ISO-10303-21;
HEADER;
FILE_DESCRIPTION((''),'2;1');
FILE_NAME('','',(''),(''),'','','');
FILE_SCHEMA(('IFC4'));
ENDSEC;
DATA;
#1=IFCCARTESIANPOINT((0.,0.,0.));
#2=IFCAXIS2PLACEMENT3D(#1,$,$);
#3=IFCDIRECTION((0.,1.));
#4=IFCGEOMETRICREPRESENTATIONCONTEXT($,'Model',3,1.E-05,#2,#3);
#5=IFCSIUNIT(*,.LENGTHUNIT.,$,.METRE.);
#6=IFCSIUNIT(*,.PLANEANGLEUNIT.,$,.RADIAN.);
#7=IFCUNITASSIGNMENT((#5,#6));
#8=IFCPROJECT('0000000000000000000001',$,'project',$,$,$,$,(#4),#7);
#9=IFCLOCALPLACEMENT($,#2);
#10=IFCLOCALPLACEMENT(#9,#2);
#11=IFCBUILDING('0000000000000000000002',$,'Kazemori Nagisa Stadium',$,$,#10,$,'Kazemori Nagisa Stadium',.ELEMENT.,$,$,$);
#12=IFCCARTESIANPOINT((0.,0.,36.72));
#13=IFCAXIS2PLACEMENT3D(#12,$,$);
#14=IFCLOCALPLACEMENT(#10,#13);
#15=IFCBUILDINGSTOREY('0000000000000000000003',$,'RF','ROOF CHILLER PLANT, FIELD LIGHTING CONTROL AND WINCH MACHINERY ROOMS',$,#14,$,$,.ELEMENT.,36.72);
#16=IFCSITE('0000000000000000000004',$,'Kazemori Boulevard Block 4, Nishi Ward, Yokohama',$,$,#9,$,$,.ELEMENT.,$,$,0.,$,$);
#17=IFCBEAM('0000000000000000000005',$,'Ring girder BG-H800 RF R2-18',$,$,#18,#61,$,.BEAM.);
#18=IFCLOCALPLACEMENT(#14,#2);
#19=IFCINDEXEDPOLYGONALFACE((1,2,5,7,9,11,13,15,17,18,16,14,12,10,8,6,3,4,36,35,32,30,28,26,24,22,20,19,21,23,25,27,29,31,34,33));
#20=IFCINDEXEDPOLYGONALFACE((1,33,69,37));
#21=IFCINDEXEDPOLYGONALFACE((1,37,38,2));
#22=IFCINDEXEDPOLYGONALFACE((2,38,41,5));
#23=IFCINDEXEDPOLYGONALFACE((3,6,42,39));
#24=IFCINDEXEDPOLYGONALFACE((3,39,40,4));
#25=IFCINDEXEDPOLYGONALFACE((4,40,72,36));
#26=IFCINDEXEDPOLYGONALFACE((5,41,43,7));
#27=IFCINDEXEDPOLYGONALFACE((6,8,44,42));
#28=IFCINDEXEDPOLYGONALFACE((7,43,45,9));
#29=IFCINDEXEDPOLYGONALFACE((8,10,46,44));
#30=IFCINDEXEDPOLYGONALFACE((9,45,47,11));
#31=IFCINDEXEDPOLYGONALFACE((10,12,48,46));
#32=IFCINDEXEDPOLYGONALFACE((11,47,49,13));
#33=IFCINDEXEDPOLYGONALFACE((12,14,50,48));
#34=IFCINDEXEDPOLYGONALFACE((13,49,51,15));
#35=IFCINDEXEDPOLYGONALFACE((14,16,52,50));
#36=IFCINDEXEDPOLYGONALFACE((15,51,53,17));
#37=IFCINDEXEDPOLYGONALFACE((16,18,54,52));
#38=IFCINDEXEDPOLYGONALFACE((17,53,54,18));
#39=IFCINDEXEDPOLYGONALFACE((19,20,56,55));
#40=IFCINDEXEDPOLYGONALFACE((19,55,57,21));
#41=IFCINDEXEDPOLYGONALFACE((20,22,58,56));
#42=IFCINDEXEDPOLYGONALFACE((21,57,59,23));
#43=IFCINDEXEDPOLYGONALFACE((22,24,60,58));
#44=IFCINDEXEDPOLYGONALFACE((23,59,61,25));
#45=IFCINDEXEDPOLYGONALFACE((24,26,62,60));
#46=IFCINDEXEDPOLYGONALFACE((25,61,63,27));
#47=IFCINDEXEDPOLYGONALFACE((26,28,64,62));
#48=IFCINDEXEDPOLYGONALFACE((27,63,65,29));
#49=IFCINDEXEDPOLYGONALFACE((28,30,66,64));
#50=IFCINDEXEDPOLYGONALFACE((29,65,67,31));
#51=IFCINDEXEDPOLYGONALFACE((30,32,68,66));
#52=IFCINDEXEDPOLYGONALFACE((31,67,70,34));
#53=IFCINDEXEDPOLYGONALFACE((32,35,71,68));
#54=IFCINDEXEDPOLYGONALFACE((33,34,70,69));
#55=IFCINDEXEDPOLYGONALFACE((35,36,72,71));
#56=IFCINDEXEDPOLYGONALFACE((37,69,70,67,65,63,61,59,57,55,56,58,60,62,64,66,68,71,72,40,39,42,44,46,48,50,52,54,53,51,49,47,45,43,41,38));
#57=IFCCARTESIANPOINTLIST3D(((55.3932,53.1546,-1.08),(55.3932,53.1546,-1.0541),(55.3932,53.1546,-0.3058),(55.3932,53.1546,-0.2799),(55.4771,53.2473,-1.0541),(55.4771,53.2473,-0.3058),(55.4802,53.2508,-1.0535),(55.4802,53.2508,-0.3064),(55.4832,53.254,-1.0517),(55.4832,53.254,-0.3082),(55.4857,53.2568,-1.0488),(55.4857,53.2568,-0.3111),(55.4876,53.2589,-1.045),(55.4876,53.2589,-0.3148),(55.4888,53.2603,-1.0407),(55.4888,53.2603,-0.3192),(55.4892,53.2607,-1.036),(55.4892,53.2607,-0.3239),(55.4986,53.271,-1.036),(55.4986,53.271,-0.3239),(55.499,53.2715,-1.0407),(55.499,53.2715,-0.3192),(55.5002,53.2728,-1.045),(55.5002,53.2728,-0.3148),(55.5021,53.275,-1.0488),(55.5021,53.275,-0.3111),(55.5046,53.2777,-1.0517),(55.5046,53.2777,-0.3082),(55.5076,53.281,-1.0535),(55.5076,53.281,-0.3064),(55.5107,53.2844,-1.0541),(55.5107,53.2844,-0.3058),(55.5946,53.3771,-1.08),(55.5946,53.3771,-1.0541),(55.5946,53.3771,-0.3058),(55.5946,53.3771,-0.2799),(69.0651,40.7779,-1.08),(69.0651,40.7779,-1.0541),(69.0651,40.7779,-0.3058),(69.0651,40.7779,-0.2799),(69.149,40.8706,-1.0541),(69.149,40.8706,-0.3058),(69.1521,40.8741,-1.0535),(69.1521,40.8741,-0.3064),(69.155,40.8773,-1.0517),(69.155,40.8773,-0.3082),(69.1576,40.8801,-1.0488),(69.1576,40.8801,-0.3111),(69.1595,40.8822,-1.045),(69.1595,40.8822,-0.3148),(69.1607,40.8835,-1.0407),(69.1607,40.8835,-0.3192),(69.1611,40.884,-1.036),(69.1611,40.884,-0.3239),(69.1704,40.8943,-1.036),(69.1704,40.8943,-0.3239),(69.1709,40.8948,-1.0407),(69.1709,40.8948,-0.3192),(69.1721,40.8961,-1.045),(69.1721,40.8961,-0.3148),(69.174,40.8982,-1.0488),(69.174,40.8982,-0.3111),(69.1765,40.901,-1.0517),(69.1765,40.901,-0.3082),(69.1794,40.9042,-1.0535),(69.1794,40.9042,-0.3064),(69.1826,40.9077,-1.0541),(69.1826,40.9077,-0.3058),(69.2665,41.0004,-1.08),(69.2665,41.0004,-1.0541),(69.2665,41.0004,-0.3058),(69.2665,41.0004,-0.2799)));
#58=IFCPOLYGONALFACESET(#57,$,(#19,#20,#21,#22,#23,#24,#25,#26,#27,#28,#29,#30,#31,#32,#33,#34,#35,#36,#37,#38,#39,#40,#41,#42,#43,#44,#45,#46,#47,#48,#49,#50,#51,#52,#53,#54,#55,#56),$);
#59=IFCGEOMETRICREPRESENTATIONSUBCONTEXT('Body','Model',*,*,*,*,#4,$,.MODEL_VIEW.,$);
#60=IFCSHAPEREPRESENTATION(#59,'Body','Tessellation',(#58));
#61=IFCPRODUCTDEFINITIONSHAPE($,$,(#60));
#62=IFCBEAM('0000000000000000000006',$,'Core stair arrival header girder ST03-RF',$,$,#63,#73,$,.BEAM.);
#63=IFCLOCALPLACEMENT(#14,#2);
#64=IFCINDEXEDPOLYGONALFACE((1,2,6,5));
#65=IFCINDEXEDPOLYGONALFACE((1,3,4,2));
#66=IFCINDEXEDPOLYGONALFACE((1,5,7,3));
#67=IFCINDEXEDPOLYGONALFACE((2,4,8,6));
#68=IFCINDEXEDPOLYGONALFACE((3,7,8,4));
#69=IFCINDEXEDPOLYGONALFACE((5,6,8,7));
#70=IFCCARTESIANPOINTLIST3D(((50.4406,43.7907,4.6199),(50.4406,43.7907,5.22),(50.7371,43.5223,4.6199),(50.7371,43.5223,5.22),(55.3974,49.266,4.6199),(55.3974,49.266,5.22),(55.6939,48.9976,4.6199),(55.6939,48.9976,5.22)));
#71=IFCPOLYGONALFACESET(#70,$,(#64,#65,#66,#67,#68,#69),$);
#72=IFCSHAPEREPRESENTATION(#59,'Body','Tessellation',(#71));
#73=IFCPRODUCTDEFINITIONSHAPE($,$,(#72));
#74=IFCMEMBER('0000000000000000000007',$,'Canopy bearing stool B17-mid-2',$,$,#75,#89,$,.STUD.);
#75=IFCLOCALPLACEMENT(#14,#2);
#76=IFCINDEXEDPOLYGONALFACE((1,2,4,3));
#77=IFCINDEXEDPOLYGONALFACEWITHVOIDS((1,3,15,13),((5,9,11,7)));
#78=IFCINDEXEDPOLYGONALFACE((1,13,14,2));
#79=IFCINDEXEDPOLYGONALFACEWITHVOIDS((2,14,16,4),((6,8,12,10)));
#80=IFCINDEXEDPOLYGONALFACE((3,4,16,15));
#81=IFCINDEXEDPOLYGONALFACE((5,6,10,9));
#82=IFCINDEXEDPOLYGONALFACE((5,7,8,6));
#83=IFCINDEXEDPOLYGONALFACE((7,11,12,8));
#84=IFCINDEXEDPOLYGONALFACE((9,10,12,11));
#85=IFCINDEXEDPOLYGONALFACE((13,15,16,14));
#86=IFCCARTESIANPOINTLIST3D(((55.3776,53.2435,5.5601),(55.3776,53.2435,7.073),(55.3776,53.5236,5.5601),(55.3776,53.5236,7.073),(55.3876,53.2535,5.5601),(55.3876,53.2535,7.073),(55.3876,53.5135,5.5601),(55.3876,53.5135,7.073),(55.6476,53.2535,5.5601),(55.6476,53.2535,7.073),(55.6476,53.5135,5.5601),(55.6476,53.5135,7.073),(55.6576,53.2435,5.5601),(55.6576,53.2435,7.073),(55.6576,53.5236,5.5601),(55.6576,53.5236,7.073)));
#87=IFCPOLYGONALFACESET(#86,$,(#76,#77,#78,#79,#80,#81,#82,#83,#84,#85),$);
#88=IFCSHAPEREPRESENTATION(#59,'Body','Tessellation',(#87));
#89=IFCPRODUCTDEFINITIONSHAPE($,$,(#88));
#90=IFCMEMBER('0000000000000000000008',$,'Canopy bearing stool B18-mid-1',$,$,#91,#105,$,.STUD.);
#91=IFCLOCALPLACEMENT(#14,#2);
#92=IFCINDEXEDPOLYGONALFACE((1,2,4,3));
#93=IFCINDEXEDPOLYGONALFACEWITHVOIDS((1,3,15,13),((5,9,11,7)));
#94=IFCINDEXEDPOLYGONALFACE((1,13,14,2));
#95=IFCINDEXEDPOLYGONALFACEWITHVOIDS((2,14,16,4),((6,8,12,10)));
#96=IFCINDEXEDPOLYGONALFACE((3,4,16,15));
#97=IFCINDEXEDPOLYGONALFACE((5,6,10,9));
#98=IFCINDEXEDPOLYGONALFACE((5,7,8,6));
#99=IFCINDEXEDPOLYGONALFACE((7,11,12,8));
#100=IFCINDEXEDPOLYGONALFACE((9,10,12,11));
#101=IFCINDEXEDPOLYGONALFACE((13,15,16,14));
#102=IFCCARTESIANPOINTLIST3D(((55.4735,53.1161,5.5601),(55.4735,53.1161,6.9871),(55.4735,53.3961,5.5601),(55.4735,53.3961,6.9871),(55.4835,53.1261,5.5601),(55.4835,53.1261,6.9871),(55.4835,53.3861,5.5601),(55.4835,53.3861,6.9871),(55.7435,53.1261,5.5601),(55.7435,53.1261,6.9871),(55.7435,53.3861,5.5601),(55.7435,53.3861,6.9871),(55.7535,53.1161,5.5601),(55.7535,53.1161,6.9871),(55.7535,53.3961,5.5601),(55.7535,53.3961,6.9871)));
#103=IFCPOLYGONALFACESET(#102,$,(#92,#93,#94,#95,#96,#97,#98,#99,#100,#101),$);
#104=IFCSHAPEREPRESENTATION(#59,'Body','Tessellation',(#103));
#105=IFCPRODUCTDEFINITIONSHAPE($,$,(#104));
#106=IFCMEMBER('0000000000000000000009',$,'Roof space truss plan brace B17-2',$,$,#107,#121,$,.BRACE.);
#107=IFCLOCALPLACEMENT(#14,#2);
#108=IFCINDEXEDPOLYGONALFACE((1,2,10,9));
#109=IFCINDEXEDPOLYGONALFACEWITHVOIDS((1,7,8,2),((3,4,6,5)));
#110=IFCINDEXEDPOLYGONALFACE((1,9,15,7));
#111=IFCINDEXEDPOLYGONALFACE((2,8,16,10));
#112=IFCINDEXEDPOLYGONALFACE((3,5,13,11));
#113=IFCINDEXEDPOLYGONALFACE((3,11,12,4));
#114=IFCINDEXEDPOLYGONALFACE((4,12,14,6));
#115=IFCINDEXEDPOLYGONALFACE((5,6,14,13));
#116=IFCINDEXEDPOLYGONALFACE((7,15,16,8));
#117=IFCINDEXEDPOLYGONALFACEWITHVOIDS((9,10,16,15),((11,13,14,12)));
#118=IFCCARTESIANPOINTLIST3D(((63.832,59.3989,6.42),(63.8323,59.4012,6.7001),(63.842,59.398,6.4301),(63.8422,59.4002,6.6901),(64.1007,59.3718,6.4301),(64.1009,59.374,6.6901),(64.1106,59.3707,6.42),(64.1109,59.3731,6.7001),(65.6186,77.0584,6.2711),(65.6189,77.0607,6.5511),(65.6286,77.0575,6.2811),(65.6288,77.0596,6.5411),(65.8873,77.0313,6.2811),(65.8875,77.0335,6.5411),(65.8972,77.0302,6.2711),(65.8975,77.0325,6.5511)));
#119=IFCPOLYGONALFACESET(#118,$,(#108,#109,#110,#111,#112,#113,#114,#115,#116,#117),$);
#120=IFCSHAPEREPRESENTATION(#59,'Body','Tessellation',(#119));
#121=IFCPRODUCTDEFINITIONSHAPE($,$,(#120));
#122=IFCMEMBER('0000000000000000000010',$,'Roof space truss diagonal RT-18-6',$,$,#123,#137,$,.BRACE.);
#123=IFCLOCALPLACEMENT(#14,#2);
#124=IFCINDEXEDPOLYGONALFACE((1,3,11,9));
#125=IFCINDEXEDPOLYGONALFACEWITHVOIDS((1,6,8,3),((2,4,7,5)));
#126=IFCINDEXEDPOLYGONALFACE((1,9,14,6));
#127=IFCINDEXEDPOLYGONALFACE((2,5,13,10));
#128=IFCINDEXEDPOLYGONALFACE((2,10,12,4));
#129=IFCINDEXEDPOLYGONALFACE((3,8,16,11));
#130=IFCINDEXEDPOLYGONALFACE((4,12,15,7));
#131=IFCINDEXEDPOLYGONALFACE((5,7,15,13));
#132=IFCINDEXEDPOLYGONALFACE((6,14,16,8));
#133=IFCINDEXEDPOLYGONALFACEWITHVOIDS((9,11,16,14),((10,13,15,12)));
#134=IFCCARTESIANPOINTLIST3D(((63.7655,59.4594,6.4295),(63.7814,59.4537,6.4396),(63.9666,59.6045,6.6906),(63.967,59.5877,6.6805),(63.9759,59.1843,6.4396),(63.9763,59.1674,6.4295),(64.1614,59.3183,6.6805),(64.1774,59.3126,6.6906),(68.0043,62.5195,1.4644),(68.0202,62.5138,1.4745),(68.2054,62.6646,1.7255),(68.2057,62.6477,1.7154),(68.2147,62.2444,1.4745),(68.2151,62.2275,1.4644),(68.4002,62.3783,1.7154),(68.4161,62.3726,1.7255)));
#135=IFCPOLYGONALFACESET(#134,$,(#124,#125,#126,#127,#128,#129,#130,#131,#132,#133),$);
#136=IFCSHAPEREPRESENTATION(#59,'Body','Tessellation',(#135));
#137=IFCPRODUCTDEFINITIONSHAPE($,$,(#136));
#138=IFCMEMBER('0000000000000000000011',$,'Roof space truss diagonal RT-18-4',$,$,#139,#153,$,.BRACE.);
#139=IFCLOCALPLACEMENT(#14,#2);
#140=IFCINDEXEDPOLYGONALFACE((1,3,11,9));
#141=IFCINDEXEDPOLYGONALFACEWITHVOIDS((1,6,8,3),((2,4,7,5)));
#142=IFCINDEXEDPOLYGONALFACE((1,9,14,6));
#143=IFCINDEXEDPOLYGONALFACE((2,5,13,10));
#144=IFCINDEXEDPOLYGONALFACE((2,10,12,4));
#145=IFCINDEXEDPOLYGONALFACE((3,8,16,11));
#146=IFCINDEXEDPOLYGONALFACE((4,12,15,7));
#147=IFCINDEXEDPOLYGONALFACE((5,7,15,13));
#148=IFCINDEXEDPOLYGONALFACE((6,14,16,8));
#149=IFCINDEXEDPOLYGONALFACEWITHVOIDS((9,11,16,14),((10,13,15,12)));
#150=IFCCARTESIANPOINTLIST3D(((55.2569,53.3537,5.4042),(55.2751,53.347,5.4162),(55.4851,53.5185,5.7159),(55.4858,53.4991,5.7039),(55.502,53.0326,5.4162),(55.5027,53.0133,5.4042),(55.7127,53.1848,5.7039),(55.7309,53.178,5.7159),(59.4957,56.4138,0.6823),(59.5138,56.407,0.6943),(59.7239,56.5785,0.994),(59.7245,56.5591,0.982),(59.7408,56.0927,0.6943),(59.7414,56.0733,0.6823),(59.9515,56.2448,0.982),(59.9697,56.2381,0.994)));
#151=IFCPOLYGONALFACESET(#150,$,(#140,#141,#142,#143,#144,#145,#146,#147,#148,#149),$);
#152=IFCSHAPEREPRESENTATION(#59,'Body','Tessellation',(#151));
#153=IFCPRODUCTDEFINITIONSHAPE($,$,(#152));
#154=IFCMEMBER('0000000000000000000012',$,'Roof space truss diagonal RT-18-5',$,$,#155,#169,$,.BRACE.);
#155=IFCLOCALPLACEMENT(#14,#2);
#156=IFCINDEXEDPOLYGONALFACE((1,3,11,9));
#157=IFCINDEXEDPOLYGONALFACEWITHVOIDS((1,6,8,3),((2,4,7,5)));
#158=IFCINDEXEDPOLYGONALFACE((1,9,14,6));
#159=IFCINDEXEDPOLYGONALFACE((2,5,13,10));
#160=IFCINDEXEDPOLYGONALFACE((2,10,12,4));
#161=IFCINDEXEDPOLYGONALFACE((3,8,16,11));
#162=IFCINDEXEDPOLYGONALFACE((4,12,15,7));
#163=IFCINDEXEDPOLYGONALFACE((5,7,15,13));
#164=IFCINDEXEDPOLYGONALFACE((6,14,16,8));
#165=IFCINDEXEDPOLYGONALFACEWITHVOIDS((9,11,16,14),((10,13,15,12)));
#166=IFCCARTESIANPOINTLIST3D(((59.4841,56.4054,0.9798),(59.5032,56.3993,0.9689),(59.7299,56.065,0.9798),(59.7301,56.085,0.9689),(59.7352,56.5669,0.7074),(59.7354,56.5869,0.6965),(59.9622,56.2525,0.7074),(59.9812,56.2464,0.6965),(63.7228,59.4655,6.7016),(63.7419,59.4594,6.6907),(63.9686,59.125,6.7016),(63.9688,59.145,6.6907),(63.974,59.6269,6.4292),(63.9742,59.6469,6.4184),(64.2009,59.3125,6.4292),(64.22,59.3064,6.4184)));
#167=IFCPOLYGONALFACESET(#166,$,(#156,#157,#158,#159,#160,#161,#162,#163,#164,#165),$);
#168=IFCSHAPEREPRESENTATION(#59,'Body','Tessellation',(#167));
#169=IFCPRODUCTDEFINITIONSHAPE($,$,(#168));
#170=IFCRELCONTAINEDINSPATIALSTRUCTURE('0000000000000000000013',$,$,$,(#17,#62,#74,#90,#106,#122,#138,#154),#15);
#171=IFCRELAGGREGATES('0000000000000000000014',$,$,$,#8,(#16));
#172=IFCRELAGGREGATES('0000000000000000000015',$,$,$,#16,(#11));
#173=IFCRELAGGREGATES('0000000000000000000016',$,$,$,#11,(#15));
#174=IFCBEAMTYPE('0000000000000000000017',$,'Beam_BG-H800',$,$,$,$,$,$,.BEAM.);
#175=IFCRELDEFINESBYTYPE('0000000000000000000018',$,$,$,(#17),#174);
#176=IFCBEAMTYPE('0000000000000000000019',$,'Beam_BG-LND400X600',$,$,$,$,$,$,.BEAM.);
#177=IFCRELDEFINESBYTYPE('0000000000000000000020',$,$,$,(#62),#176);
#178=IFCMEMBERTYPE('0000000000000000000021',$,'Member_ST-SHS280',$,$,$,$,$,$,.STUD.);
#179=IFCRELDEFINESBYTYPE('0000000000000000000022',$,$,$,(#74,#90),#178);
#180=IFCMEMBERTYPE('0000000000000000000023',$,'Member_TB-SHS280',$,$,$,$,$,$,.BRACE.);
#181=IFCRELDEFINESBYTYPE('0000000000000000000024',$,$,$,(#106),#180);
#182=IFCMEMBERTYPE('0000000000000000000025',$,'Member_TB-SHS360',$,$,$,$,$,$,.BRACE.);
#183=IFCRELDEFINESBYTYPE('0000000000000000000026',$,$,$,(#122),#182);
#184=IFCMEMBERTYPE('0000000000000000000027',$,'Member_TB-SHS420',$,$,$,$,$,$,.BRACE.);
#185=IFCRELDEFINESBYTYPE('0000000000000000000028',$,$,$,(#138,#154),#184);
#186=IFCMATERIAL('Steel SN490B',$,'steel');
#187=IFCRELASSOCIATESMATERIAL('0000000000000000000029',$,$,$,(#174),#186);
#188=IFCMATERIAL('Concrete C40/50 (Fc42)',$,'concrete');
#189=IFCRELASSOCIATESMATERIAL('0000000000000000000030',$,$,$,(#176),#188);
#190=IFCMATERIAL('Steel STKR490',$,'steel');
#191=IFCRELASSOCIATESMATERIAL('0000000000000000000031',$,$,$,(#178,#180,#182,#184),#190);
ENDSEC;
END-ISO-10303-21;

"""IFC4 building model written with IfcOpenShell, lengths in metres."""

from ifc_helpers import new_model, si_unit, direction, frame, origin, origin_2d, place, context, subcontext, project, spatial, rectangle, hollow_rectangle, i_section, extrude, material, material_profile, profile_set, type_object, element, save


model = new_model("IFC4")

# Units and contexts
model_context = context("Model", 3, precision=1e-05, world=origin(), true_north=direction((0.0, 1.0)))
body_context = subcontext(model_context, "Body", "Model", "MODEL_VIEW")
ifc_project = project(units=[si_unit("LENGTHUNIT", "METRE"), si_unit("PLANEANGLEUNIT", "RADIAN")], contexts=[model_context])

# Site, building, storey
site_placement = place(None, origin())
site = spatial("IfcSite", under=ifc_project, at=site_placement, Name="Kazemori Boulevard Block 4, Nishi Ward, Yokohama", CompositionType="ELEMENT", RefElevation=0.0)
building_placement = place(site_placement, origin())
building = spatial("IfcBuilding", under=site, at=building_placement, Name="Kazemori Nagisa Stadium", LongName="Kazemori Nagisa Stadium", CompositionType="ELEMENT")
storey_placement = place(building_placement, frame((0.0, 0.0, 36.72)))
storey = spatial("IfcBuildingStorey", under=building, at=storey_placement, Name="RF", Description="ROOF CHILLER PLANT, FIELD LIGHTING CONTROL AND WINCH MACHINERY ROOMS", CompositionType="ELEMENT", Elevation=36.72)

# Shared definitions
ifc_material_1 = material(Name="Steel SN490B", Category="steel")

# Beams
ifc_material_profile_1 = material_profile(ifc_material_1, i_section(OverallWidth=0.3, OverallDepth=0.8, WebThickness=0.0139, FlangeThickness=0.0259, FilletRadius=0.0181, at=origin_2d()), Name="H-800x300x14x26")
ifc_profile_set_1 = profile_set([ifc_material_profile_1], Name="Steel SN490B")
beam_type_1 = type_object("IfcBeamType", Name="Beam_BG-H800", PredefinedType="BEAM", material=ifc_profile_set_1)
beam_1_placement = place(storey_placement, frame((55.4939, 53.2659, -0.6799), z_axis=(0.741349, -0.67112, 0.0), x_axis=(0.67112, 0.741349, 0.0)))
element("IfcBeam", 1, at=beam_1_placement, inside=storey, type_object=beam_type_1, Name="Ring girder BG-H800 RF R2-18", PredefinedType="BEAM", context=body_context, shape_type="SweptSolid", body=[
    extrude(i_section(OverallWidth=0.3, OverallDepth=0.8, WebThickness=0.0139, FlangeThickness=0.0259, FilletRadius=0.0181, at=origin_2d()), origin(), (0.0, 0.0, 1.0), 18.4419),
])
ifc_material_2 = material(Name="Concrete C40/50 (Fc42)", Category="concrete")
ifc_material_profile_2 = material_profile(ifc_material_2, rectangle(XDim=0.3999, YDim=0.6001, at=origin_2d()), Name="RC-BM-400x600")
ifc_profile_set_2 = profile_set([ifc_material_profile_2], Name="Concrete C40/50 (Fc42)")
beam_type_2 = type_object("IfcBeamType", Name="Beam_BG-LND400X600", PredefinedType="BEAM", material=ifc_profile_set_2)
beam_2_placement = place(storey_placement, frame((55.5457, 49.1318, 4.9199), z_axis=(-0.67113, -0.74134, 0.0), x_axis=(0.74134, -0.67113, 0.0)))
element("IfcBeam", 2, at=beam_2_placement, inside=storey, type_object=beam_type_2, Name="Core stair arrival header girder ST03-RF", PredefinedType="BEAM", context=body_context, shape_type="SweptSolid", body=[
    extrude(rectangle(XDim=0.3999, YDim=0.6001, at=origin_2d()), origin(), (0.0, 0.0, 1.0), 7.3857),
])

# Members
ifc_material_3 = material(Name="Steel STKR490", Category="steel")
ifc_material_profile_3 = material_profile(ifc_material_3, hollow_rectangle(XDim=0.28, YDim=0.28, WallThickness=0.01, at=origin_2d()), Name="SHS-280x280x10")
ifc_profile_set_3 = profile_set([ifc_material_profile_3], Name="Steel STKR490")
member_type_1 = type_object("IfcMemberType", Name="Member_ST-SHS280", PredefinedType="STUD", material=ifc_profile_set_3)
member_1_placement = place(storey_placement, frame((55.5176, 53.3835, 5.5601), z_axis=(0.0, 0.0, 1.0), x_axis=(1.0, 0.0, 0.0)))
element("IfcMember", 3, at=member_1_placement, inside=storey, type_object=member_type_1, Name="Canopy bearing stool B17-mid-2", PredefinedType="STUD", context=body_context, shape_type="SweptSolid", body=[
    extrude(hollow_rectangle(XDim=0.28, YDim=0.28, WallThickness=0.01, at=origin_2d()), origin(), (0.0, 0.0, 1.0), 1.5129),
])
member_2_placement = place(storey_placement, frame((55.6135, 53.2561, 5.5601), z_axis=(0.0, 0.0, 1.0), x_axis=(1.0, 0.0, 0.0)))
element("IfcMember", 4, at=member_2_placement, inside=storey, type_object=member_type_1, Name="Canopy bearing stool B18-mid-1", PredefinedType="STUD", context=body_context, shape_type="SweptSolid", body=[
    extrude(hollow_rectangle(XDim=0.28, YDim=0.28, WallThickness=0.01, at=origin_2d()), origin(), (0.0, 0.0, 1.0), 1.427),
])
ifc_material_profile_4 = material_profile(ifc_material_3, hollow_rectangle(XDim=0.28, YDim=0.28, WallThickness=0.01, at=origin_2d()), Name="SHS-280x280x10")
ifc_profile_set_4 = profile_set([ifc_material_profile_4], Name="Steel STKR490")
member_type_2 = type_object("IfcMemberType", Name="Member_TB-SHS280", PredefinedType="BRACE", material=ifc_profile_set_4)
member_3_placement = place(storey_placement, frame((63.9714, 59.386, 6.5601), z_axis=(0.100654, 0.994886, -0.00839), x_axis=(-0.994921, 0.100657, 0.0)))
element("IfcMember", 5, at=member_3_placement, inside=storey, type_object=member_type_2, Name="Roof space truss plan brace B17-2", PredefinedType="BRACE", context=body_context, shape_type="SweptSolid", body=[
    extrude(hollow_rectangle(XDim=0.28, YDim=0.28, WallThickness=0.01, at=origin_2d()), origin(), (0.0, 0.0, 1.0), 17.7502),
])
ifc_material_profile_5 = material_profile(ifc_material_3, hollow_rectangle(XDim=0.3601, YDim=0.3601, WallThickness=0.0139, at=origin_2d()), Name="SHS-360x360x14")
ifc_profile_set_5 = profile_set([ifc_material_profile_5], Name="Steel STKR490")
member_type_3 = type_object("IfcMemberType", Name="Member_TB-SHS360", PredefinedType="BRACE", material=ifc_profile_set_5)
member_4_placement = place(storey_placement, frame((63.9714, 59.386, 6.5601), z_axis=(0.587906, 0.424422, -0.688645), x_axis=(-0.58533, 0.810795, 0.0)))
element("IfcMember", 6, at=member_4_placement, inside=storey, type_object=member_type_3, Name="Roof space truss diagonal RT-18-6", PredefinedType="BRACE", context=body_context, shape_type="SweptSolid", body=[
    extrude(hollow_rectangle(XDim=0.3601, YDim=0.3601, WallThickness=0.0139, at=origin_2d()), origin(), (0.0, 0.0, 1.0), 7.21),
])
ifc_material_profile_6 = material_profile(ifc_material_3, hollow_rectangle(XDim=0.4199, YDim=0.4199, WallThickness=0.0161, at=origin_2d()), Name="SHS-420x420x16")
ifc_profile_set_6 = profile_set([ifc_material_profile_6], Name="Steel STKR490")
member_type_4 = type_object("IfcMemberType", Name="Member_TB-SHS420", PredefinedType="BRACE", material=ifc_profile_set_6)
member_5_placement = place(storey_placement, frame((55.4939, 53.2659, 5.5601), z_axis=(0.601697, 0.434378, -0.670281), x_axis=(-0.58533, 0.810795, 0.0)))
element("IfcMember", 7, at=member_5_placement, inside=storey, type_object=member_type_4, Name="Roof space truss diagonal RT-18-4", PredefinedType="BRACE", context=body_context, shape_type="SweptSolid", body=[
    extrude(hollow_rectangle(XDim=0.4199, YDim=0.4199, WallThickness=0.0161, at=origin_2d()), origin(), (0.0, 0.0, 1.0), 7.0447),
])
member_6_placement = place(storey_placement, frame((59.7327, 56.3259, 0.8381), z_axis=(0.546897, 0.394817, 0.738257), x_axis=(-0.58533, 0.810795, 0.0)))
element("IfcMember", 8, at=member_6_placement, inside=storey, type_object=member_type_4, Name="Roof space truss diagonal RT-18-5", PredefinedType="BRACE", context=body_context, shape_type="SweptSolid", body=[
    extrude(hollow_rectangle(XDim=0.4199, YDim=0.4199, WallThickness=0.0161, at=origin_2d()), origin(), (0.0, 0.0, 1.0), 7.7505),
])

save(model, "model.ifc")
